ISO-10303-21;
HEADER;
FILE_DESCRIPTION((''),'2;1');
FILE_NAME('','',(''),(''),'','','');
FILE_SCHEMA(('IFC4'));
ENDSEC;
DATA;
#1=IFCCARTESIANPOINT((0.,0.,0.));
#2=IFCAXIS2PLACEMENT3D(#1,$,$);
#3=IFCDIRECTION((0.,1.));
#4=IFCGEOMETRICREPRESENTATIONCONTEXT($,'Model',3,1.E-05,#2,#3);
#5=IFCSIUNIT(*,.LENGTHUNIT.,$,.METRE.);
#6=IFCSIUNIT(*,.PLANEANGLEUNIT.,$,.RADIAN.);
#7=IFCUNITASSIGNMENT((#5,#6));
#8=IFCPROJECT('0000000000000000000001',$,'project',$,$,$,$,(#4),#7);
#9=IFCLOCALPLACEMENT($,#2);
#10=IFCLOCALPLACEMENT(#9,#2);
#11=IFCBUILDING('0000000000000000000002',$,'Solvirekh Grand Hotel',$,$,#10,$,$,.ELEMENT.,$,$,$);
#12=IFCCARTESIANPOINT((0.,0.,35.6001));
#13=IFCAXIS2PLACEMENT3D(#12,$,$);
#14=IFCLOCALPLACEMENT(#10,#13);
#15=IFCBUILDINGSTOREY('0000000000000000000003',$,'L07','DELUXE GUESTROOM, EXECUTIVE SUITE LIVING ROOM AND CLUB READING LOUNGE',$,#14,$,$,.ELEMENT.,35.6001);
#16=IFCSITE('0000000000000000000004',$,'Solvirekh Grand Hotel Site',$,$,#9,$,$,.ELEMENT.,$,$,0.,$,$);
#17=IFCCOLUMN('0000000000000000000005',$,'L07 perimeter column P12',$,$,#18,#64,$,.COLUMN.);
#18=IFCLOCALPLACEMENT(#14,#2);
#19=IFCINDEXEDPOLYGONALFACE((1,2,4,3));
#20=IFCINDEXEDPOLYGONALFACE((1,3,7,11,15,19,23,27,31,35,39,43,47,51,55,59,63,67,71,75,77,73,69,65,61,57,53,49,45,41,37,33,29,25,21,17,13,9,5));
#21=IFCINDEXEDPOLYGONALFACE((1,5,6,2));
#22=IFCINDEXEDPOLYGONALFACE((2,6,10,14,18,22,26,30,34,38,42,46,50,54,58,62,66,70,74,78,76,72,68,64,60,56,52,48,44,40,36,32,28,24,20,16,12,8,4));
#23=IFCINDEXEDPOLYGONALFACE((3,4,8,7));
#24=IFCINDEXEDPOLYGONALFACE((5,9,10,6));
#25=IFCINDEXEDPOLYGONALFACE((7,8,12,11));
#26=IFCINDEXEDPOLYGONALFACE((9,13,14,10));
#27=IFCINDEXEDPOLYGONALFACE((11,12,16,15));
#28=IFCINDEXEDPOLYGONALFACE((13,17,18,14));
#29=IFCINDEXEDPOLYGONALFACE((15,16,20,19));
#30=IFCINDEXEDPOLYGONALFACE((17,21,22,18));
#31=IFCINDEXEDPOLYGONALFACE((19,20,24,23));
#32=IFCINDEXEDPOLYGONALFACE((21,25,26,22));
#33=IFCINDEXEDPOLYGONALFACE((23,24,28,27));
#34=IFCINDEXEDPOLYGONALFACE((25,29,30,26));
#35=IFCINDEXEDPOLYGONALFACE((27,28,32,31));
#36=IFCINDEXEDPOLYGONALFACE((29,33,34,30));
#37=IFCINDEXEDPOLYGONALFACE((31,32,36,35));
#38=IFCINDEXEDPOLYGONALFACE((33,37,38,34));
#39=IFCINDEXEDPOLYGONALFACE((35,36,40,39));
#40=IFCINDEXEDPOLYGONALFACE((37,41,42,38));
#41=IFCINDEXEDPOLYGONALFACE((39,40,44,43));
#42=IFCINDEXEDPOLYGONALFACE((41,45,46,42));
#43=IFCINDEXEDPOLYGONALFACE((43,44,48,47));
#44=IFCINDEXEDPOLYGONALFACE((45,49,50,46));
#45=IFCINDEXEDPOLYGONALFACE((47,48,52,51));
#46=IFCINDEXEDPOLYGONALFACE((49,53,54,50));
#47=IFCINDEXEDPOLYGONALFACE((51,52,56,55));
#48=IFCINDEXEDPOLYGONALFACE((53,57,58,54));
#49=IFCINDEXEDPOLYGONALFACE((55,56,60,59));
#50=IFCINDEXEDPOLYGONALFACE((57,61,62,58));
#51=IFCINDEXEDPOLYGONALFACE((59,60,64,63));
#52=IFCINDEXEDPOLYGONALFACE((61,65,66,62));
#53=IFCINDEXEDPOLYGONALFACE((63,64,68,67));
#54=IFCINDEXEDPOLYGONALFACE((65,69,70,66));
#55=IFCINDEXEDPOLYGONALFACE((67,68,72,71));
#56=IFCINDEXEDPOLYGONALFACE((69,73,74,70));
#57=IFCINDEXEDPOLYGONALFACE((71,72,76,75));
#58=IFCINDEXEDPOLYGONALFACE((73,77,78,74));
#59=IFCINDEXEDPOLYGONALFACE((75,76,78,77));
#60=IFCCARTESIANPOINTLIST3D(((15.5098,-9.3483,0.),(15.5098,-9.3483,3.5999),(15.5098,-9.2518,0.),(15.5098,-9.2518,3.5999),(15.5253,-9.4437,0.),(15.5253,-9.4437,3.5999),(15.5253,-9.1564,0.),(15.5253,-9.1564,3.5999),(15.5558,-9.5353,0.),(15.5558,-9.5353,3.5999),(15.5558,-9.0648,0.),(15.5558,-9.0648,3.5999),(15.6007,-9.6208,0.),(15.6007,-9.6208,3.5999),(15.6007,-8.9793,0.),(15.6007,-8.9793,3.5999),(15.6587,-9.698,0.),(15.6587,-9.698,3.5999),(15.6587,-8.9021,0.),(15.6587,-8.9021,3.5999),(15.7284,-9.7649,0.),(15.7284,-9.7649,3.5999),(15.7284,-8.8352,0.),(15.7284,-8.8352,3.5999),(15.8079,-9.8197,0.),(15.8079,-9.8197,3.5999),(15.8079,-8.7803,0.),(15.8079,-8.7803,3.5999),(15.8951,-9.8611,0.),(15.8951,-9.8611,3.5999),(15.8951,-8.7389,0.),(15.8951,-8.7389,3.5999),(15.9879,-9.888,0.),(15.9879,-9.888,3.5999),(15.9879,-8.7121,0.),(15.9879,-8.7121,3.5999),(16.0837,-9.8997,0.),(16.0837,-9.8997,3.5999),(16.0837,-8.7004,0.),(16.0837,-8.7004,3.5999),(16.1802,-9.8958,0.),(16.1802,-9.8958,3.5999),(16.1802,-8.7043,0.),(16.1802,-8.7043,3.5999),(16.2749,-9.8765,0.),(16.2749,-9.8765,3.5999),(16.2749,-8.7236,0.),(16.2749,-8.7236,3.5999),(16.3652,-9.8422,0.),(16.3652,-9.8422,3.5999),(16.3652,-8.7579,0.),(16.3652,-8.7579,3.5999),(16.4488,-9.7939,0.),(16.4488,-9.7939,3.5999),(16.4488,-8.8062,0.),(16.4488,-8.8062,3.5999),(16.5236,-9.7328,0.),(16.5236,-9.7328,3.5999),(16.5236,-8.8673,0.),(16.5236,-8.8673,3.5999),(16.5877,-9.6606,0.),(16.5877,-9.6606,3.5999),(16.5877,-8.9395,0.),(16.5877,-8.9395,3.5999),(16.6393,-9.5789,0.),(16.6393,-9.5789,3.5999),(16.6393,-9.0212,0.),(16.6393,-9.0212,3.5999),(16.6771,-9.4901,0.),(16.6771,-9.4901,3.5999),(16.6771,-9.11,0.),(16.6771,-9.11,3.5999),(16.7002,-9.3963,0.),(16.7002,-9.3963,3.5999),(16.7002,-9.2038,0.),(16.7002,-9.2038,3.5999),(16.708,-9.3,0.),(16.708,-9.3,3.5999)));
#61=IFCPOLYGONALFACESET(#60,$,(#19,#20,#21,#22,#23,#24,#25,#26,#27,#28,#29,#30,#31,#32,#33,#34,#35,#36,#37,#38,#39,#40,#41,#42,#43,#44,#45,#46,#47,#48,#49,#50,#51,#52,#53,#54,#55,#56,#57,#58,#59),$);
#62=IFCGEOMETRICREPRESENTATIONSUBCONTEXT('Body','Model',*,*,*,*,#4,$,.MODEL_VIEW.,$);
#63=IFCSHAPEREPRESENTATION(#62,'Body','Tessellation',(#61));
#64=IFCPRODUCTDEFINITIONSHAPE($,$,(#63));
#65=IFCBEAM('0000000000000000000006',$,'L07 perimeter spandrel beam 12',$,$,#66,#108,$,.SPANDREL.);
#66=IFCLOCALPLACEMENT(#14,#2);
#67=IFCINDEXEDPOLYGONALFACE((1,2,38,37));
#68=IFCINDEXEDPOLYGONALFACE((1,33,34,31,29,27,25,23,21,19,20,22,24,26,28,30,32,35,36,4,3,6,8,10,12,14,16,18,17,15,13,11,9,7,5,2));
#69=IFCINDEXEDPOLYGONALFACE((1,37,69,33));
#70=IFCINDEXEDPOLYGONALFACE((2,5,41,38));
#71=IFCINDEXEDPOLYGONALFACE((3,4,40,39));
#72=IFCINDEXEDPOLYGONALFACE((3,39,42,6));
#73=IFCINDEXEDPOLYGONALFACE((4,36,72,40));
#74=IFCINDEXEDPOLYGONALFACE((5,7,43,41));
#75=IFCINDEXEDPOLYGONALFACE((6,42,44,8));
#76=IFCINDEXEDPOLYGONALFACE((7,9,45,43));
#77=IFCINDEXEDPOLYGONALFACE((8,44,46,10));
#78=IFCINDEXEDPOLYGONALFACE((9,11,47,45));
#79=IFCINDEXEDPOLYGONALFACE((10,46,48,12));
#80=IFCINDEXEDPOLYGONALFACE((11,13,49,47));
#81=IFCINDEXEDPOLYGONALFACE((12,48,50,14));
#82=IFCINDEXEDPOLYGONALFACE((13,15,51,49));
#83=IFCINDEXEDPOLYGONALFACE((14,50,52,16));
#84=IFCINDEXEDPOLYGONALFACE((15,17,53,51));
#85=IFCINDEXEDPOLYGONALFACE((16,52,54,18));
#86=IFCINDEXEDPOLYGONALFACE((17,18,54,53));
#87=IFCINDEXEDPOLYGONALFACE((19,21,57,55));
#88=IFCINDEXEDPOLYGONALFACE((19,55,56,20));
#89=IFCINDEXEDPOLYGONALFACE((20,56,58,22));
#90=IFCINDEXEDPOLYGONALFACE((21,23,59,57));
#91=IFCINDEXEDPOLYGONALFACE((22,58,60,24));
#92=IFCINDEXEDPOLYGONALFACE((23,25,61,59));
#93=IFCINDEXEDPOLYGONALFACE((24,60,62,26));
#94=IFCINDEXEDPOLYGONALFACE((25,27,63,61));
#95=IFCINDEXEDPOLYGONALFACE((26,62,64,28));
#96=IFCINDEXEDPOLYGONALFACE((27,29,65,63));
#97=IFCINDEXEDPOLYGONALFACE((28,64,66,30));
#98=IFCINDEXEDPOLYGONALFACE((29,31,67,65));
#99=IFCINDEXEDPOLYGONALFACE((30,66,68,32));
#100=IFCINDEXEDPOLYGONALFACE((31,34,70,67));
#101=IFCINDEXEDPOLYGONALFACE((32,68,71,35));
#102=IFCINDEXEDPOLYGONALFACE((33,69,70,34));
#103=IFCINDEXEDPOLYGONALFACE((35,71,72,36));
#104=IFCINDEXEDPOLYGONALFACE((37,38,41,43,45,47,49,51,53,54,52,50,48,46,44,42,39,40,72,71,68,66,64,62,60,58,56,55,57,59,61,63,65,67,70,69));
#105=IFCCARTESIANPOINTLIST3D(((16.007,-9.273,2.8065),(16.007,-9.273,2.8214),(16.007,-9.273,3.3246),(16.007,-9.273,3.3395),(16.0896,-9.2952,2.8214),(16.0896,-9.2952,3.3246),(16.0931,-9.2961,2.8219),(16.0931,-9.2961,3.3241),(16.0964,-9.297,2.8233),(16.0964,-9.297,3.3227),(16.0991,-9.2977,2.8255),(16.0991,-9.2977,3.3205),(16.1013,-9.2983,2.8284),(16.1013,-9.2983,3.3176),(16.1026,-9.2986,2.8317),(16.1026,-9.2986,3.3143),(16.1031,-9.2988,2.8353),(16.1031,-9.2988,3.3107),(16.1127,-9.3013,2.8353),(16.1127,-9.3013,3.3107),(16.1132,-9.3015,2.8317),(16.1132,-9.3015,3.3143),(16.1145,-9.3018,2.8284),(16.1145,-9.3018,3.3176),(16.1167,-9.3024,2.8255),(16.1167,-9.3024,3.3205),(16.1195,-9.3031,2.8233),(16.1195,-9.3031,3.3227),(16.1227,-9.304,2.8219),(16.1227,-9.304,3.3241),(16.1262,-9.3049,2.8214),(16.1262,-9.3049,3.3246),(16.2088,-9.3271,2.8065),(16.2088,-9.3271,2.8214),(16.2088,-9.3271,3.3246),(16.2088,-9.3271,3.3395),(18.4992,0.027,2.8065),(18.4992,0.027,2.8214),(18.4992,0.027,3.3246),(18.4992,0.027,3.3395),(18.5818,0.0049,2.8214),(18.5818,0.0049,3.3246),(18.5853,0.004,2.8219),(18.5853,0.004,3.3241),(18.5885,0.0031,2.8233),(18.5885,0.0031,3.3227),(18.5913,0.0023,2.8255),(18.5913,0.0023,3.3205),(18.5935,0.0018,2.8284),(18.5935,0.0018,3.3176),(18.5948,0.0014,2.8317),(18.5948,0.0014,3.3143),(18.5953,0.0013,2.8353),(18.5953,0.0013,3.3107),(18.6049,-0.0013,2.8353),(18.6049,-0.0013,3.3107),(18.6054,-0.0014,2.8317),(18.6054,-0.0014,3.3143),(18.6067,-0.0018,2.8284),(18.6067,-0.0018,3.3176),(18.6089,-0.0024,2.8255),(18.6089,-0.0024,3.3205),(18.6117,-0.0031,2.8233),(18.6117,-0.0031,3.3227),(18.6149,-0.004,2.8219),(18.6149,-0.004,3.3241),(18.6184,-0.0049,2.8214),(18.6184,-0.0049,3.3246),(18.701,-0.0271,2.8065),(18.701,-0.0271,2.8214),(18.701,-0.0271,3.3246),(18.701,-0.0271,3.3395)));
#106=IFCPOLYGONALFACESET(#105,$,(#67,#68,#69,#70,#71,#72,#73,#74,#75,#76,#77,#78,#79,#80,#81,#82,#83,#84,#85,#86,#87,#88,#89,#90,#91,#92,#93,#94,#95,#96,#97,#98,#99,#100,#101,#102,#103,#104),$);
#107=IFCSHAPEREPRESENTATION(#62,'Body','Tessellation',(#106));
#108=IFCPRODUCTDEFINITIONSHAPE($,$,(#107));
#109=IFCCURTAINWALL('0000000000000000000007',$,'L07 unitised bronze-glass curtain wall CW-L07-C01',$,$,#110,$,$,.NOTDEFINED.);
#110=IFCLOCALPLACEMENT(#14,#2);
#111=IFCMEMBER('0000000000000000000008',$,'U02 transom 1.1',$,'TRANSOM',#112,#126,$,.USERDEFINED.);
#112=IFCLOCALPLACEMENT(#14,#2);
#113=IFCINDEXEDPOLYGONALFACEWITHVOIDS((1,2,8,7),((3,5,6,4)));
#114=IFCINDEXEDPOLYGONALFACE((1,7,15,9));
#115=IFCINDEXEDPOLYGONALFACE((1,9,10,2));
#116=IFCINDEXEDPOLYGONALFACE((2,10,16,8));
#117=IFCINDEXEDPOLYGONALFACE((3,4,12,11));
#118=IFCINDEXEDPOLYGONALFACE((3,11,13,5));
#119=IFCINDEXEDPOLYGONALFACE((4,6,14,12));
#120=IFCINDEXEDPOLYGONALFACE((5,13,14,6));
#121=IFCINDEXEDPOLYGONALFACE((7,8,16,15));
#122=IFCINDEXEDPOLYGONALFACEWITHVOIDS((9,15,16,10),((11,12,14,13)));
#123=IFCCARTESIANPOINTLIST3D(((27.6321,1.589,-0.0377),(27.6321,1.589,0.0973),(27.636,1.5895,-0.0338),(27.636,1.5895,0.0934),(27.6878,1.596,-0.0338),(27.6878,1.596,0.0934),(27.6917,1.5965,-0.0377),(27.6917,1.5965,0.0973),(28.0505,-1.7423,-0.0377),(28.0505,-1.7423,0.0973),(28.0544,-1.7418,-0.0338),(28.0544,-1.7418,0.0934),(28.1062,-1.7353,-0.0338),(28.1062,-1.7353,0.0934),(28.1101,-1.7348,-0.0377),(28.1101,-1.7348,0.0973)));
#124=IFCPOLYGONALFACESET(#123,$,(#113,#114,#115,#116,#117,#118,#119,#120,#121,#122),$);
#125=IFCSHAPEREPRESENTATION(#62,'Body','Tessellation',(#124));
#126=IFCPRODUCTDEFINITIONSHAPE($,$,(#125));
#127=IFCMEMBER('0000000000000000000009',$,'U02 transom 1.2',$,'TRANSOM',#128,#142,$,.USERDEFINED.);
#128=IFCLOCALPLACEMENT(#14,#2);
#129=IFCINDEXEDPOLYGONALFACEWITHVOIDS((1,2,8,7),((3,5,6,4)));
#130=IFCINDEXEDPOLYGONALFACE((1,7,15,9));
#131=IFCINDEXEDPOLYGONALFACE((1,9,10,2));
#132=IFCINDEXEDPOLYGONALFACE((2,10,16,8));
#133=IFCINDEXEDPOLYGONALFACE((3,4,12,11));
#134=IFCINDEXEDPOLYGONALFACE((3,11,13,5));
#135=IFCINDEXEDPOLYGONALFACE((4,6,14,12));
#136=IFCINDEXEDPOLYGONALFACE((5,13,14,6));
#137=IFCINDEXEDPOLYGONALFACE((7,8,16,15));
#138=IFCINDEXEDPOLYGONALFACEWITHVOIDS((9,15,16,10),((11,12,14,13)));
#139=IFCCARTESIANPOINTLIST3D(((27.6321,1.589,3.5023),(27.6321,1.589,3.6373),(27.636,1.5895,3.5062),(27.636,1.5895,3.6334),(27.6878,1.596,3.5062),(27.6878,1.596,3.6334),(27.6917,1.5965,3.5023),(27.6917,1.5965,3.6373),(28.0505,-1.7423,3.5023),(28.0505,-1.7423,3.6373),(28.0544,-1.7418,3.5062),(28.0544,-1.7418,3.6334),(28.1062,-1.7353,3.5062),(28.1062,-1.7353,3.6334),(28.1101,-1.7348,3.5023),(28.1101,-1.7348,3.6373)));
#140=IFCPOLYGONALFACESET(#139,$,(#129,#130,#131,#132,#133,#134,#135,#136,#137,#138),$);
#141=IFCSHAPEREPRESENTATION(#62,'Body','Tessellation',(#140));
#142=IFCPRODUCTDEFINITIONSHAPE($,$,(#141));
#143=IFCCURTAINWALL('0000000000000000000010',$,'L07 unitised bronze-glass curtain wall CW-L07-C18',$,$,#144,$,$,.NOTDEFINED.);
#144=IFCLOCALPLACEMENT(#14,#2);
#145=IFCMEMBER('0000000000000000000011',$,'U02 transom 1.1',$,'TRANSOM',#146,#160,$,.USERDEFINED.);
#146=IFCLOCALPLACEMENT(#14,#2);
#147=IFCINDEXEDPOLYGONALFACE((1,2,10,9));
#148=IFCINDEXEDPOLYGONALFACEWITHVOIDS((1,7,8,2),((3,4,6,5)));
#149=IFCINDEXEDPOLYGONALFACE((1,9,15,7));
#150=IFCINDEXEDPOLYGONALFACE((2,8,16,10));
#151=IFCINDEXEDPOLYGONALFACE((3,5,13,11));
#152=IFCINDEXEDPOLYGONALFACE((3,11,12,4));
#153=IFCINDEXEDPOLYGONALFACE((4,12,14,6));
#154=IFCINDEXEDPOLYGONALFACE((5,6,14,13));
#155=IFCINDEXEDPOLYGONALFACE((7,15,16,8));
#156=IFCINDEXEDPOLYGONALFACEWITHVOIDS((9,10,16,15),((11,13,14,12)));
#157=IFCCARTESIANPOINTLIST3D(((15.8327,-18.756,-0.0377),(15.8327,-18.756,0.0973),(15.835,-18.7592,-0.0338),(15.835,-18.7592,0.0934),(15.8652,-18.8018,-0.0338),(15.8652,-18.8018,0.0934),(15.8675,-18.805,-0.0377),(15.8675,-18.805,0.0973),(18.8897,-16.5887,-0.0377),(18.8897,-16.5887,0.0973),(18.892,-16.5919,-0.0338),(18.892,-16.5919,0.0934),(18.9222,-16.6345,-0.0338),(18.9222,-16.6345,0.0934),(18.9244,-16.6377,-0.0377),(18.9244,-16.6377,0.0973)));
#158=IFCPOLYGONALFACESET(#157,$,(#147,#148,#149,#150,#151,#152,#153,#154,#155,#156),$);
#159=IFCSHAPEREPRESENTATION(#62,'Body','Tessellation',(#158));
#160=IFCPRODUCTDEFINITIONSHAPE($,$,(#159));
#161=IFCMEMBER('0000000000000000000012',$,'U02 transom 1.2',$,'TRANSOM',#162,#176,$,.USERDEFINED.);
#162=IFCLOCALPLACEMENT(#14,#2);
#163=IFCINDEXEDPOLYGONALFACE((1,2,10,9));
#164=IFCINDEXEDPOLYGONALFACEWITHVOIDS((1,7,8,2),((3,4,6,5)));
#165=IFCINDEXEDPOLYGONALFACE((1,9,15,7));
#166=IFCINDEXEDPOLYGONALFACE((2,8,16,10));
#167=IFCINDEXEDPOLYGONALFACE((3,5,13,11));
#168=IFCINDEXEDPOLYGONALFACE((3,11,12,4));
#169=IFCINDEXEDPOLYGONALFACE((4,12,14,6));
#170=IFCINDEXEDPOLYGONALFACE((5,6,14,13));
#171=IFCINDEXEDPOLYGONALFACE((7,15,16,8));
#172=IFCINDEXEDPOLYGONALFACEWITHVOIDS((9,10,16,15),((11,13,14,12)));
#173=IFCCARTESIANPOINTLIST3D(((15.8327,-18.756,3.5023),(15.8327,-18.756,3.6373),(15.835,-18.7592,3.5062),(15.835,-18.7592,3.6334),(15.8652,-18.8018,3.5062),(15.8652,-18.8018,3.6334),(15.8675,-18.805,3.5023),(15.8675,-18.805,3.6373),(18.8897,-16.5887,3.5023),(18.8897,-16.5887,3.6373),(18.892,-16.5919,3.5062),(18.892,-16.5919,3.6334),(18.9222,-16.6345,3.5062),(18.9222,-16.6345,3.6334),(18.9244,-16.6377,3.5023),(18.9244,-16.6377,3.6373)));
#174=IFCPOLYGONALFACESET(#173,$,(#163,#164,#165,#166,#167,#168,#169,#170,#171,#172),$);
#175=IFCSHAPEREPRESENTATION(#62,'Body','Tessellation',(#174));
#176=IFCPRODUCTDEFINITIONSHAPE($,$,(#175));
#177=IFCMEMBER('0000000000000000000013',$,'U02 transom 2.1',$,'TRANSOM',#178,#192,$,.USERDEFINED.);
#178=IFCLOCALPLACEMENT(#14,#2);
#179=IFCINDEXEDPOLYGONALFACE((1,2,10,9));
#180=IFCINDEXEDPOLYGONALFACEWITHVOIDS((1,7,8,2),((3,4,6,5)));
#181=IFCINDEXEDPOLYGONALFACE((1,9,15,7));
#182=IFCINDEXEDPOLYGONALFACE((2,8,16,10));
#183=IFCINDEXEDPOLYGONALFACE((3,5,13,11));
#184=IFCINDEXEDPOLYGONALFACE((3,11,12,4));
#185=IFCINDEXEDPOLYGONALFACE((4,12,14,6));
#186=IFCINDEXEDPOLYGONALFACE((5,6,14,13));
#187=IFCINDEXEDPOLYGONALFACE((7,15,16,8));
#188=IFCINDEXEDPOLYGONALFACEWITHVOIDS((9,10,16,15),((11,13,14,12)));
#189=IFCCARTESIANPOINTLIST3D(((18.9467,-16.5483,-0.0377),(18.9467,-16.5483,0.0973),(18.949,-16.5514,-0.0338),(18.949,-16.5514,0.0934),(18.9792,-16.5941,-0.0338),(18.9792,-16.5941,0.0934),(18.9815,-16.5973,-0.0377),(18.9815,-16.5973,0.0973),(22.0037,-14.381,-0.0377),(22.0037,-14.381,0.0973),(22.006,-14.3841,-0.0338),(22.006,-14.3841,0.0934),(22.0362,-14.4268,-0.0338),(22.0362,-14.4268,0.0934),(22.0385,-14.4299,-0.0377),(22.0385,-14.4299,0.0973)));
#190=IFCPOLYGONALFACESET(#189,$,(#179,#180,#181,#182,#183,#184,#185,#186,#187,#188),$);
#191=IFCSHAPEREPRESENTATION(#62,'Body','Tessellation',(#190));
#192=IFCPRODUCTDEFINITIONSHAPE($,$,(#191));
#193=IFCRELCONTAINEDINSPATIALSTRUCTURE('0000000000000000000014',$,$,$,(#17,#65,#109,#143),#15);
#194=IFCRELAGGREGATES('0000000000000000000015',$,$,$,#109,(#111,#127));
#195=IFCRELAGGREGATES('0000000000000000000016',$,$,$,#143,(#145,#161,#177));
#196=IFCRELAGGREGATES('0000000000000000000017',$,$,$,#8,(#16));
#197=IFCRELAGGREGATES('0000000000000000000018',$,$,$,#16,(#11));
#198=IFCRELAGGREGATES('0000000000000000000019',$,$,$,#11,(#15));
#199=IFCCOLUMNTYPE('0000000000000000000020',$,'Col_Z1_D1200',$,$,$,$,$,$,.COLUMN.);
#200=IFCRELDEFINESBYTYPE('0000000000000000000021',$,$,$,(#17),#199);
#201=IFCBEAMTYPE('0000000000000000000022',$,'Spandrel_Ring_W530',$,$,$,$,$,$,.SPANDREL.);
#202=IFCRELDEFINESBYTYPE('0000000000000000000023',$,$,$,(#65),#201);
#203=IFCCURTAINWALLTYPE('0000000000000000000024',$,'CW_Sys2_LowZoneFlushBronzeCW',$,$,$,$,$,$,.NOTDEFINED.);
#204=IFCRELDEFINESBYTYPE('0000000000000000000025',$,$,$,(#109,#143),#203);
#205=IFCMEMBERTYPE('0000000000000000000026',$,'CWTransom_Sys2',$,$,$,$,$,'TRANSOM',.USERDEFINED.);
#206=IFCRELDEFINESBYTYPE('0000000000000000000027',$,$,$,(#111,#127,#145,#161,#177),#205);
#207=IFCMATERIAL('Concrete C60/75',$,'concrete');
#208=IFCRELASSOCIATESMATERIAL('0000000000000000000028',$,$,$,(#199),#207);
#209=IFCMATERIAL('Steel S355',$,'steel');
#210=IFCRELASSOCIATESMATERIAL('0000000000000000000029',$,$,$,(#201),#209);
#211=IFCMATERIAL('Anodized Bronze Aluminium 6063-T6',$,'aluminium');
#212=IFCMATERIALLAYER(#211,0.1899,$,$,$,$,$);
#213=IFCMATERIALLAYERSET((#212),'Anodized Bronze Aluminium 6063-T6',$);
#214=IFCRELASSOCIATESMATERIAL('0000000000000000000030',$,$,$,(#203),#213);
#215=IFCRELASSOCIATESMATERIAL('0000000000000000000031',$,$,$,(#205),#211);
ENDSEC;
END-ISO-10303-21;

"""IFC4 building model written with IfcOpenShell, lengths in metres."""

from ifc_helpers import new_model, si_unit, direction, frame, origin, origin_2d, place, context, subcontext, project, spatial, hollow_rectangle, circle, i_section, extrude, source, transform, mapped, material, layer, layer_set, material_profile, profile_set, type_object, element, aggregate, save


model = new_model("IFC4")

# Units and contexts
model_context = context("Model", 3, precision=1e-05, world=origin(), true_north=direction((0.0, 1.0)))
body_context = subcontext(model_context, "Body", "Model", "MODEL_VIEW")
ifc_project = project(units=[si_unit("LENGTHUNIT", "METRE"), si_unit("PLANEANGLEUNIT", "RADIAN")], contexts=[model_context])

# Site, building, storey
site_placement = place(None, origin())
site = spatial("IfcSite", under=ifc_project, at=site_placement, Name="Solvirekh Grand Hotel Site", CompositionType="ELEMENT", RefElevation=0.0)
building_placement = place(site_placement, origin())
building = spatial("IfcBuilding", under=site, at=building_placement, Name="Solvirekh Grand Hotel", CompositionType="ELEMENT")
storey_placement = place(building_placement, frame((0.0, 0.0, 35.6001)))
storey = spatial("IfcBuildingStorey", under=building, at=storey_placement, Name="L07", Description="DELUXE GUESTROOM, EXECUTIVE SUITE LIVING ROOM AND CLUB READING LOUNGE", CompositionType="ELEMENT", Elevation=35.6001)

# Column
ifc_material_1 = material(Name="Concrete C60/75", Category="concrete")
ifc_material_profile_1 = material_profile(ifc_material_1, circle(Radius=0.6001, at=origin_2d()), Name="RC CIRC D1200")
ifc_profile_set_1 = profile_set([ifc_material_profile_1], Name="Concrete C60/75")
column_type = type_object("IfcColumnType", Name="Col_Z1_D1200", PredefinedType="COLUMN", material=ifc_profile_set_1)
column_placement = place(storey_placement, frame((16.1079, -9.3, 0.0), z_axis=(0.0, 0.0, 1.0), x_axis=(1.0, 0.0, 0.0)))
element("IfcColumn", 1, at=column_placement, inside=storey, type_object=column_type, Name="L07 perimeter column P12", PredefinedType="COLUMN", context=body_context, shape_type="SweptSolid", body=[
    extrude(circle(Radius=0.6001, at=origin_2d()), origin(), (0.0, 0.0, 1.0), 3.5999),
])

# Beam
ifc_material_2 = material(Name="Steel S355", Category="steel")
ifc_material_profile_2 = material_profile(ifc_material_2, i_section(OverallWidth=0.209, OverallDepth=0.533, WebThickness=0.01, FlangeThickness=0.0149, FilletRadius=0.0139, at=origin_2d()), Name="W530X92")
ifc_profile_set_2 = profile_set([ifc_material_profile_2], Name="Steel S355")
beam_type = type_object("IfcBeamType", Name="Spandrel_Ring_W530", PredefinedType="SPANDREL", material=ifc_profile_set_2)
beam_placement = place(storey_placement, frame((16.1079, -9.3, 3.073), z_axis=(0.258843, 0.965919, 0.0), x_axis=(-0.965919, 0.258843, 0.0)))
element("IfcBeam", 2, at=beam_placement, inside=storey, type_object=beam_type, Name="L07 perimeter spandrel beam 12", PredefinedType="SPANDREL", context=body_context, shape_type="SweptSolid", body=[
    extrude(i_section(OverallWidth=0.209, OverallDepth=0.533, WebThickness=0.01, FlangeThickness=0.0149, FilletRadius=0.0139, at=origin_2d()), origin(), (0.0, 0.0, 1.0), 9.6282),
])

# Curtain walls, members
ifc_material_3 = material(Name="Anodized Bronze Aluminium 6063-T6", Category="aluminium")
ifc_layer_1 = layer(ifc_material_3, 0.1899)
ifc_layer_set_1 = layer_set([ifc_layer_1], Name="Anodized Bronze Aluminium 6063-T6")
curtain_wall_type = type_object("IfcCurtainWallType", Name="CW_Sys2_LowZoneFlushBronzeCW", PredefinedType="NOTDEFINED", material=ifc_layer_set_1)
curtain_wall_1_placement = place(storey_placement, origin())
curtain_wall_1 = element("IfcCurtainWall", 3, at=curtain_wall_1_placement, inside=storey, type_object=curtain_wall_type, Name="L07 unitised bronze-glass curtain wall CW-L07-C01", PredefinedType="NOTDEFINED")
ifc_material_profile_3 = material_profile(ifc_material_3, hollow_rectangle(XDim=0.0601, YDim=0.135, WallThickness=0.0039, at=origin_2d()), Name="ALU RHS 135X60X4")
ifc_profile_set_3 = profile_set([ifc_material_profile_3], Name="Anodized Bronze Aluminium 6063-T6")
member_type_1 = type_object("IfcMemberType", Name="CWTransom_Sys2", ElementType="TRANSOM", PredefinedType="USERDEFINED", material=ifc_profile_set_3)
shared_shape_1 = source(origin(), body_context, "Body", "SweptSolid", [
    extrude(hollow_rectangle(XDim=0.0601, YDim=0.135, WallThickness=0.0039, at=origin_2d()), origin(), (0.0, 0.0, 1.0), 3.3574),
])
member_1_placement = place(storey_placement, frame((28.0803, -1.7385, 0.0298), z_axis=(-0.124634, 0.992203, 0.0), x_axis=(-0.992203, -0.124634, 0.0)))
member_1 = element("IfcMember", 4, at=member_1_placement, type_object=member_type_1, Name="U02 transom 1.1", ObjectType="TRANSOM", PredefinedType="USERDEFINED", context=body_context, shape_type="MappedRepresentation", body=[
    mapped(shared_shape_1, transform((0.0, 0.0, 0.0), x_axis=(1.0, 0.0, 0.0), y_axis=(0.0, 1.0, 0.0), z_axis=(0.0, 0.0, 1.0), scale=1.0)),
])
member_2_placement = place(storey_placement, frame((28.0803, -1.7385, 3.5698), z_axis=(-0.124634, 0.992203, 0.0), x_axis=(-0.992203, -0.124634, 0.0)))
member_2 = element("IfcMember", 5, at=member_2_placement, type_object=member_type_1, Name="U02 transom 1.2", ObjectType="TRANSOM", PredefinedType="USERDEFINED", context=body_context, shape_type="MappedRepresentation", body=[
    mapped(shared_shape_1, transform((0.0, 0.0, 0.0), x_axis=(1.0, 0.0, 0.0), y_axis=(0.0, 1.0, 0.0), z_axis=(0.0, 0.0, 1.0), scale=1.0)),
])
curtain_wall_2_placement = place(storey_placement, origin())
curtain_wall_2 = element("IfcCurtainWall", 6, at=curtain_wall_2_placement, inside=storey, type_object=curtain_wall_type, Name="L07 unitised bronze-glass curtain wall CW-L07-C18", PredefinedType="NOTDEFINED")
shared_shape_2 = source(origin(), body_context, "Body", "SweptSolid", [
    extrude(hollow_rectangle(XDim=0.0601, YDim=0.135, WallThickness=0.0039, at=origin_2d()), origin(), (0.0, 0.0, 1.0), 3.7473),
])
member_3_placement = place(storey_placement, frame((15.8501, -18.7805, 0.0298), z_axis=(0.81578, 0.578363, 0.0), x_axis=(-0.578363, 0.81578, 0.0)))
member_3 = element("IfcMember", 7, at=member_3_placement, type_object=member_type_1, Name="U02 transom 1.1", ObjectType="TRANSOM", PredefinedType="USERDEFINED", context=body_context, shape_type="MappedRepresentation", body=[
    mapped(shared_shape_2, transform((0.0, 0.0, 0.0), x_axis=(1.0, 0.0, 0.0), y_axis=(0.0, 1.0, 0.0), z_axis=(0.0, 0.0, 1.0), scale=1.0)),
])
member_4_placement = place(storey_placement, frame((15.8501, -18.7805, 3.5698), z_axis=(0.81578, 0.578363, 0.0), x_axis=(-0.578363, 0.81578, 0.0)))
member_4 = element("IfcMember", 8, at=member_4_placement, type_object=member_type_1, Name="U02 transom 1.2", ObjectType="TRANSOM", PredefinedType="USERDEFINED", context=body_context, shape_type="MappedRepresentation", body=[
    mapped(shared_shape_2, transform((0.0, 0.0, 0.0), x_axis=(1.0, 0.0, 0.0), y_axis=(0.0, 1.0, 0.0), z_axis=(0.0, 0.0, 1.0), scale=1.0)),
])
member_5_placement = place(storey_placement, frame((18.9641, -16.5728, 0.0298), z_axis=(0.81578, 0.578363, 0.0), x_axis=(-0.578363, 0.81578, 0.0)))
member_5 = element("IfcMember", 9, at=member_5_placement, type_object=member_type_1, Name="U02 transom 2.1", ObjectType="TRANSOM", PredefinedType="USERDEFINED", context=body_context, shape_type="MappedRepresentation", body=[
    mapped(shared_shape_2, transform((0.0, 0.0, 0.0), x_axis=(1.0, 0.0, 0.0), y_axis=(0.0, 1.0, 0.0), z_axis=(0.0, 0.0, 1.0), scale=1.0)),
])

aggregate(curtain_wall_1, [member_1, member_2])
aggregate(curtain_wall_2, [member_3, member_4, member_5])

save(model, "model.ifc")
